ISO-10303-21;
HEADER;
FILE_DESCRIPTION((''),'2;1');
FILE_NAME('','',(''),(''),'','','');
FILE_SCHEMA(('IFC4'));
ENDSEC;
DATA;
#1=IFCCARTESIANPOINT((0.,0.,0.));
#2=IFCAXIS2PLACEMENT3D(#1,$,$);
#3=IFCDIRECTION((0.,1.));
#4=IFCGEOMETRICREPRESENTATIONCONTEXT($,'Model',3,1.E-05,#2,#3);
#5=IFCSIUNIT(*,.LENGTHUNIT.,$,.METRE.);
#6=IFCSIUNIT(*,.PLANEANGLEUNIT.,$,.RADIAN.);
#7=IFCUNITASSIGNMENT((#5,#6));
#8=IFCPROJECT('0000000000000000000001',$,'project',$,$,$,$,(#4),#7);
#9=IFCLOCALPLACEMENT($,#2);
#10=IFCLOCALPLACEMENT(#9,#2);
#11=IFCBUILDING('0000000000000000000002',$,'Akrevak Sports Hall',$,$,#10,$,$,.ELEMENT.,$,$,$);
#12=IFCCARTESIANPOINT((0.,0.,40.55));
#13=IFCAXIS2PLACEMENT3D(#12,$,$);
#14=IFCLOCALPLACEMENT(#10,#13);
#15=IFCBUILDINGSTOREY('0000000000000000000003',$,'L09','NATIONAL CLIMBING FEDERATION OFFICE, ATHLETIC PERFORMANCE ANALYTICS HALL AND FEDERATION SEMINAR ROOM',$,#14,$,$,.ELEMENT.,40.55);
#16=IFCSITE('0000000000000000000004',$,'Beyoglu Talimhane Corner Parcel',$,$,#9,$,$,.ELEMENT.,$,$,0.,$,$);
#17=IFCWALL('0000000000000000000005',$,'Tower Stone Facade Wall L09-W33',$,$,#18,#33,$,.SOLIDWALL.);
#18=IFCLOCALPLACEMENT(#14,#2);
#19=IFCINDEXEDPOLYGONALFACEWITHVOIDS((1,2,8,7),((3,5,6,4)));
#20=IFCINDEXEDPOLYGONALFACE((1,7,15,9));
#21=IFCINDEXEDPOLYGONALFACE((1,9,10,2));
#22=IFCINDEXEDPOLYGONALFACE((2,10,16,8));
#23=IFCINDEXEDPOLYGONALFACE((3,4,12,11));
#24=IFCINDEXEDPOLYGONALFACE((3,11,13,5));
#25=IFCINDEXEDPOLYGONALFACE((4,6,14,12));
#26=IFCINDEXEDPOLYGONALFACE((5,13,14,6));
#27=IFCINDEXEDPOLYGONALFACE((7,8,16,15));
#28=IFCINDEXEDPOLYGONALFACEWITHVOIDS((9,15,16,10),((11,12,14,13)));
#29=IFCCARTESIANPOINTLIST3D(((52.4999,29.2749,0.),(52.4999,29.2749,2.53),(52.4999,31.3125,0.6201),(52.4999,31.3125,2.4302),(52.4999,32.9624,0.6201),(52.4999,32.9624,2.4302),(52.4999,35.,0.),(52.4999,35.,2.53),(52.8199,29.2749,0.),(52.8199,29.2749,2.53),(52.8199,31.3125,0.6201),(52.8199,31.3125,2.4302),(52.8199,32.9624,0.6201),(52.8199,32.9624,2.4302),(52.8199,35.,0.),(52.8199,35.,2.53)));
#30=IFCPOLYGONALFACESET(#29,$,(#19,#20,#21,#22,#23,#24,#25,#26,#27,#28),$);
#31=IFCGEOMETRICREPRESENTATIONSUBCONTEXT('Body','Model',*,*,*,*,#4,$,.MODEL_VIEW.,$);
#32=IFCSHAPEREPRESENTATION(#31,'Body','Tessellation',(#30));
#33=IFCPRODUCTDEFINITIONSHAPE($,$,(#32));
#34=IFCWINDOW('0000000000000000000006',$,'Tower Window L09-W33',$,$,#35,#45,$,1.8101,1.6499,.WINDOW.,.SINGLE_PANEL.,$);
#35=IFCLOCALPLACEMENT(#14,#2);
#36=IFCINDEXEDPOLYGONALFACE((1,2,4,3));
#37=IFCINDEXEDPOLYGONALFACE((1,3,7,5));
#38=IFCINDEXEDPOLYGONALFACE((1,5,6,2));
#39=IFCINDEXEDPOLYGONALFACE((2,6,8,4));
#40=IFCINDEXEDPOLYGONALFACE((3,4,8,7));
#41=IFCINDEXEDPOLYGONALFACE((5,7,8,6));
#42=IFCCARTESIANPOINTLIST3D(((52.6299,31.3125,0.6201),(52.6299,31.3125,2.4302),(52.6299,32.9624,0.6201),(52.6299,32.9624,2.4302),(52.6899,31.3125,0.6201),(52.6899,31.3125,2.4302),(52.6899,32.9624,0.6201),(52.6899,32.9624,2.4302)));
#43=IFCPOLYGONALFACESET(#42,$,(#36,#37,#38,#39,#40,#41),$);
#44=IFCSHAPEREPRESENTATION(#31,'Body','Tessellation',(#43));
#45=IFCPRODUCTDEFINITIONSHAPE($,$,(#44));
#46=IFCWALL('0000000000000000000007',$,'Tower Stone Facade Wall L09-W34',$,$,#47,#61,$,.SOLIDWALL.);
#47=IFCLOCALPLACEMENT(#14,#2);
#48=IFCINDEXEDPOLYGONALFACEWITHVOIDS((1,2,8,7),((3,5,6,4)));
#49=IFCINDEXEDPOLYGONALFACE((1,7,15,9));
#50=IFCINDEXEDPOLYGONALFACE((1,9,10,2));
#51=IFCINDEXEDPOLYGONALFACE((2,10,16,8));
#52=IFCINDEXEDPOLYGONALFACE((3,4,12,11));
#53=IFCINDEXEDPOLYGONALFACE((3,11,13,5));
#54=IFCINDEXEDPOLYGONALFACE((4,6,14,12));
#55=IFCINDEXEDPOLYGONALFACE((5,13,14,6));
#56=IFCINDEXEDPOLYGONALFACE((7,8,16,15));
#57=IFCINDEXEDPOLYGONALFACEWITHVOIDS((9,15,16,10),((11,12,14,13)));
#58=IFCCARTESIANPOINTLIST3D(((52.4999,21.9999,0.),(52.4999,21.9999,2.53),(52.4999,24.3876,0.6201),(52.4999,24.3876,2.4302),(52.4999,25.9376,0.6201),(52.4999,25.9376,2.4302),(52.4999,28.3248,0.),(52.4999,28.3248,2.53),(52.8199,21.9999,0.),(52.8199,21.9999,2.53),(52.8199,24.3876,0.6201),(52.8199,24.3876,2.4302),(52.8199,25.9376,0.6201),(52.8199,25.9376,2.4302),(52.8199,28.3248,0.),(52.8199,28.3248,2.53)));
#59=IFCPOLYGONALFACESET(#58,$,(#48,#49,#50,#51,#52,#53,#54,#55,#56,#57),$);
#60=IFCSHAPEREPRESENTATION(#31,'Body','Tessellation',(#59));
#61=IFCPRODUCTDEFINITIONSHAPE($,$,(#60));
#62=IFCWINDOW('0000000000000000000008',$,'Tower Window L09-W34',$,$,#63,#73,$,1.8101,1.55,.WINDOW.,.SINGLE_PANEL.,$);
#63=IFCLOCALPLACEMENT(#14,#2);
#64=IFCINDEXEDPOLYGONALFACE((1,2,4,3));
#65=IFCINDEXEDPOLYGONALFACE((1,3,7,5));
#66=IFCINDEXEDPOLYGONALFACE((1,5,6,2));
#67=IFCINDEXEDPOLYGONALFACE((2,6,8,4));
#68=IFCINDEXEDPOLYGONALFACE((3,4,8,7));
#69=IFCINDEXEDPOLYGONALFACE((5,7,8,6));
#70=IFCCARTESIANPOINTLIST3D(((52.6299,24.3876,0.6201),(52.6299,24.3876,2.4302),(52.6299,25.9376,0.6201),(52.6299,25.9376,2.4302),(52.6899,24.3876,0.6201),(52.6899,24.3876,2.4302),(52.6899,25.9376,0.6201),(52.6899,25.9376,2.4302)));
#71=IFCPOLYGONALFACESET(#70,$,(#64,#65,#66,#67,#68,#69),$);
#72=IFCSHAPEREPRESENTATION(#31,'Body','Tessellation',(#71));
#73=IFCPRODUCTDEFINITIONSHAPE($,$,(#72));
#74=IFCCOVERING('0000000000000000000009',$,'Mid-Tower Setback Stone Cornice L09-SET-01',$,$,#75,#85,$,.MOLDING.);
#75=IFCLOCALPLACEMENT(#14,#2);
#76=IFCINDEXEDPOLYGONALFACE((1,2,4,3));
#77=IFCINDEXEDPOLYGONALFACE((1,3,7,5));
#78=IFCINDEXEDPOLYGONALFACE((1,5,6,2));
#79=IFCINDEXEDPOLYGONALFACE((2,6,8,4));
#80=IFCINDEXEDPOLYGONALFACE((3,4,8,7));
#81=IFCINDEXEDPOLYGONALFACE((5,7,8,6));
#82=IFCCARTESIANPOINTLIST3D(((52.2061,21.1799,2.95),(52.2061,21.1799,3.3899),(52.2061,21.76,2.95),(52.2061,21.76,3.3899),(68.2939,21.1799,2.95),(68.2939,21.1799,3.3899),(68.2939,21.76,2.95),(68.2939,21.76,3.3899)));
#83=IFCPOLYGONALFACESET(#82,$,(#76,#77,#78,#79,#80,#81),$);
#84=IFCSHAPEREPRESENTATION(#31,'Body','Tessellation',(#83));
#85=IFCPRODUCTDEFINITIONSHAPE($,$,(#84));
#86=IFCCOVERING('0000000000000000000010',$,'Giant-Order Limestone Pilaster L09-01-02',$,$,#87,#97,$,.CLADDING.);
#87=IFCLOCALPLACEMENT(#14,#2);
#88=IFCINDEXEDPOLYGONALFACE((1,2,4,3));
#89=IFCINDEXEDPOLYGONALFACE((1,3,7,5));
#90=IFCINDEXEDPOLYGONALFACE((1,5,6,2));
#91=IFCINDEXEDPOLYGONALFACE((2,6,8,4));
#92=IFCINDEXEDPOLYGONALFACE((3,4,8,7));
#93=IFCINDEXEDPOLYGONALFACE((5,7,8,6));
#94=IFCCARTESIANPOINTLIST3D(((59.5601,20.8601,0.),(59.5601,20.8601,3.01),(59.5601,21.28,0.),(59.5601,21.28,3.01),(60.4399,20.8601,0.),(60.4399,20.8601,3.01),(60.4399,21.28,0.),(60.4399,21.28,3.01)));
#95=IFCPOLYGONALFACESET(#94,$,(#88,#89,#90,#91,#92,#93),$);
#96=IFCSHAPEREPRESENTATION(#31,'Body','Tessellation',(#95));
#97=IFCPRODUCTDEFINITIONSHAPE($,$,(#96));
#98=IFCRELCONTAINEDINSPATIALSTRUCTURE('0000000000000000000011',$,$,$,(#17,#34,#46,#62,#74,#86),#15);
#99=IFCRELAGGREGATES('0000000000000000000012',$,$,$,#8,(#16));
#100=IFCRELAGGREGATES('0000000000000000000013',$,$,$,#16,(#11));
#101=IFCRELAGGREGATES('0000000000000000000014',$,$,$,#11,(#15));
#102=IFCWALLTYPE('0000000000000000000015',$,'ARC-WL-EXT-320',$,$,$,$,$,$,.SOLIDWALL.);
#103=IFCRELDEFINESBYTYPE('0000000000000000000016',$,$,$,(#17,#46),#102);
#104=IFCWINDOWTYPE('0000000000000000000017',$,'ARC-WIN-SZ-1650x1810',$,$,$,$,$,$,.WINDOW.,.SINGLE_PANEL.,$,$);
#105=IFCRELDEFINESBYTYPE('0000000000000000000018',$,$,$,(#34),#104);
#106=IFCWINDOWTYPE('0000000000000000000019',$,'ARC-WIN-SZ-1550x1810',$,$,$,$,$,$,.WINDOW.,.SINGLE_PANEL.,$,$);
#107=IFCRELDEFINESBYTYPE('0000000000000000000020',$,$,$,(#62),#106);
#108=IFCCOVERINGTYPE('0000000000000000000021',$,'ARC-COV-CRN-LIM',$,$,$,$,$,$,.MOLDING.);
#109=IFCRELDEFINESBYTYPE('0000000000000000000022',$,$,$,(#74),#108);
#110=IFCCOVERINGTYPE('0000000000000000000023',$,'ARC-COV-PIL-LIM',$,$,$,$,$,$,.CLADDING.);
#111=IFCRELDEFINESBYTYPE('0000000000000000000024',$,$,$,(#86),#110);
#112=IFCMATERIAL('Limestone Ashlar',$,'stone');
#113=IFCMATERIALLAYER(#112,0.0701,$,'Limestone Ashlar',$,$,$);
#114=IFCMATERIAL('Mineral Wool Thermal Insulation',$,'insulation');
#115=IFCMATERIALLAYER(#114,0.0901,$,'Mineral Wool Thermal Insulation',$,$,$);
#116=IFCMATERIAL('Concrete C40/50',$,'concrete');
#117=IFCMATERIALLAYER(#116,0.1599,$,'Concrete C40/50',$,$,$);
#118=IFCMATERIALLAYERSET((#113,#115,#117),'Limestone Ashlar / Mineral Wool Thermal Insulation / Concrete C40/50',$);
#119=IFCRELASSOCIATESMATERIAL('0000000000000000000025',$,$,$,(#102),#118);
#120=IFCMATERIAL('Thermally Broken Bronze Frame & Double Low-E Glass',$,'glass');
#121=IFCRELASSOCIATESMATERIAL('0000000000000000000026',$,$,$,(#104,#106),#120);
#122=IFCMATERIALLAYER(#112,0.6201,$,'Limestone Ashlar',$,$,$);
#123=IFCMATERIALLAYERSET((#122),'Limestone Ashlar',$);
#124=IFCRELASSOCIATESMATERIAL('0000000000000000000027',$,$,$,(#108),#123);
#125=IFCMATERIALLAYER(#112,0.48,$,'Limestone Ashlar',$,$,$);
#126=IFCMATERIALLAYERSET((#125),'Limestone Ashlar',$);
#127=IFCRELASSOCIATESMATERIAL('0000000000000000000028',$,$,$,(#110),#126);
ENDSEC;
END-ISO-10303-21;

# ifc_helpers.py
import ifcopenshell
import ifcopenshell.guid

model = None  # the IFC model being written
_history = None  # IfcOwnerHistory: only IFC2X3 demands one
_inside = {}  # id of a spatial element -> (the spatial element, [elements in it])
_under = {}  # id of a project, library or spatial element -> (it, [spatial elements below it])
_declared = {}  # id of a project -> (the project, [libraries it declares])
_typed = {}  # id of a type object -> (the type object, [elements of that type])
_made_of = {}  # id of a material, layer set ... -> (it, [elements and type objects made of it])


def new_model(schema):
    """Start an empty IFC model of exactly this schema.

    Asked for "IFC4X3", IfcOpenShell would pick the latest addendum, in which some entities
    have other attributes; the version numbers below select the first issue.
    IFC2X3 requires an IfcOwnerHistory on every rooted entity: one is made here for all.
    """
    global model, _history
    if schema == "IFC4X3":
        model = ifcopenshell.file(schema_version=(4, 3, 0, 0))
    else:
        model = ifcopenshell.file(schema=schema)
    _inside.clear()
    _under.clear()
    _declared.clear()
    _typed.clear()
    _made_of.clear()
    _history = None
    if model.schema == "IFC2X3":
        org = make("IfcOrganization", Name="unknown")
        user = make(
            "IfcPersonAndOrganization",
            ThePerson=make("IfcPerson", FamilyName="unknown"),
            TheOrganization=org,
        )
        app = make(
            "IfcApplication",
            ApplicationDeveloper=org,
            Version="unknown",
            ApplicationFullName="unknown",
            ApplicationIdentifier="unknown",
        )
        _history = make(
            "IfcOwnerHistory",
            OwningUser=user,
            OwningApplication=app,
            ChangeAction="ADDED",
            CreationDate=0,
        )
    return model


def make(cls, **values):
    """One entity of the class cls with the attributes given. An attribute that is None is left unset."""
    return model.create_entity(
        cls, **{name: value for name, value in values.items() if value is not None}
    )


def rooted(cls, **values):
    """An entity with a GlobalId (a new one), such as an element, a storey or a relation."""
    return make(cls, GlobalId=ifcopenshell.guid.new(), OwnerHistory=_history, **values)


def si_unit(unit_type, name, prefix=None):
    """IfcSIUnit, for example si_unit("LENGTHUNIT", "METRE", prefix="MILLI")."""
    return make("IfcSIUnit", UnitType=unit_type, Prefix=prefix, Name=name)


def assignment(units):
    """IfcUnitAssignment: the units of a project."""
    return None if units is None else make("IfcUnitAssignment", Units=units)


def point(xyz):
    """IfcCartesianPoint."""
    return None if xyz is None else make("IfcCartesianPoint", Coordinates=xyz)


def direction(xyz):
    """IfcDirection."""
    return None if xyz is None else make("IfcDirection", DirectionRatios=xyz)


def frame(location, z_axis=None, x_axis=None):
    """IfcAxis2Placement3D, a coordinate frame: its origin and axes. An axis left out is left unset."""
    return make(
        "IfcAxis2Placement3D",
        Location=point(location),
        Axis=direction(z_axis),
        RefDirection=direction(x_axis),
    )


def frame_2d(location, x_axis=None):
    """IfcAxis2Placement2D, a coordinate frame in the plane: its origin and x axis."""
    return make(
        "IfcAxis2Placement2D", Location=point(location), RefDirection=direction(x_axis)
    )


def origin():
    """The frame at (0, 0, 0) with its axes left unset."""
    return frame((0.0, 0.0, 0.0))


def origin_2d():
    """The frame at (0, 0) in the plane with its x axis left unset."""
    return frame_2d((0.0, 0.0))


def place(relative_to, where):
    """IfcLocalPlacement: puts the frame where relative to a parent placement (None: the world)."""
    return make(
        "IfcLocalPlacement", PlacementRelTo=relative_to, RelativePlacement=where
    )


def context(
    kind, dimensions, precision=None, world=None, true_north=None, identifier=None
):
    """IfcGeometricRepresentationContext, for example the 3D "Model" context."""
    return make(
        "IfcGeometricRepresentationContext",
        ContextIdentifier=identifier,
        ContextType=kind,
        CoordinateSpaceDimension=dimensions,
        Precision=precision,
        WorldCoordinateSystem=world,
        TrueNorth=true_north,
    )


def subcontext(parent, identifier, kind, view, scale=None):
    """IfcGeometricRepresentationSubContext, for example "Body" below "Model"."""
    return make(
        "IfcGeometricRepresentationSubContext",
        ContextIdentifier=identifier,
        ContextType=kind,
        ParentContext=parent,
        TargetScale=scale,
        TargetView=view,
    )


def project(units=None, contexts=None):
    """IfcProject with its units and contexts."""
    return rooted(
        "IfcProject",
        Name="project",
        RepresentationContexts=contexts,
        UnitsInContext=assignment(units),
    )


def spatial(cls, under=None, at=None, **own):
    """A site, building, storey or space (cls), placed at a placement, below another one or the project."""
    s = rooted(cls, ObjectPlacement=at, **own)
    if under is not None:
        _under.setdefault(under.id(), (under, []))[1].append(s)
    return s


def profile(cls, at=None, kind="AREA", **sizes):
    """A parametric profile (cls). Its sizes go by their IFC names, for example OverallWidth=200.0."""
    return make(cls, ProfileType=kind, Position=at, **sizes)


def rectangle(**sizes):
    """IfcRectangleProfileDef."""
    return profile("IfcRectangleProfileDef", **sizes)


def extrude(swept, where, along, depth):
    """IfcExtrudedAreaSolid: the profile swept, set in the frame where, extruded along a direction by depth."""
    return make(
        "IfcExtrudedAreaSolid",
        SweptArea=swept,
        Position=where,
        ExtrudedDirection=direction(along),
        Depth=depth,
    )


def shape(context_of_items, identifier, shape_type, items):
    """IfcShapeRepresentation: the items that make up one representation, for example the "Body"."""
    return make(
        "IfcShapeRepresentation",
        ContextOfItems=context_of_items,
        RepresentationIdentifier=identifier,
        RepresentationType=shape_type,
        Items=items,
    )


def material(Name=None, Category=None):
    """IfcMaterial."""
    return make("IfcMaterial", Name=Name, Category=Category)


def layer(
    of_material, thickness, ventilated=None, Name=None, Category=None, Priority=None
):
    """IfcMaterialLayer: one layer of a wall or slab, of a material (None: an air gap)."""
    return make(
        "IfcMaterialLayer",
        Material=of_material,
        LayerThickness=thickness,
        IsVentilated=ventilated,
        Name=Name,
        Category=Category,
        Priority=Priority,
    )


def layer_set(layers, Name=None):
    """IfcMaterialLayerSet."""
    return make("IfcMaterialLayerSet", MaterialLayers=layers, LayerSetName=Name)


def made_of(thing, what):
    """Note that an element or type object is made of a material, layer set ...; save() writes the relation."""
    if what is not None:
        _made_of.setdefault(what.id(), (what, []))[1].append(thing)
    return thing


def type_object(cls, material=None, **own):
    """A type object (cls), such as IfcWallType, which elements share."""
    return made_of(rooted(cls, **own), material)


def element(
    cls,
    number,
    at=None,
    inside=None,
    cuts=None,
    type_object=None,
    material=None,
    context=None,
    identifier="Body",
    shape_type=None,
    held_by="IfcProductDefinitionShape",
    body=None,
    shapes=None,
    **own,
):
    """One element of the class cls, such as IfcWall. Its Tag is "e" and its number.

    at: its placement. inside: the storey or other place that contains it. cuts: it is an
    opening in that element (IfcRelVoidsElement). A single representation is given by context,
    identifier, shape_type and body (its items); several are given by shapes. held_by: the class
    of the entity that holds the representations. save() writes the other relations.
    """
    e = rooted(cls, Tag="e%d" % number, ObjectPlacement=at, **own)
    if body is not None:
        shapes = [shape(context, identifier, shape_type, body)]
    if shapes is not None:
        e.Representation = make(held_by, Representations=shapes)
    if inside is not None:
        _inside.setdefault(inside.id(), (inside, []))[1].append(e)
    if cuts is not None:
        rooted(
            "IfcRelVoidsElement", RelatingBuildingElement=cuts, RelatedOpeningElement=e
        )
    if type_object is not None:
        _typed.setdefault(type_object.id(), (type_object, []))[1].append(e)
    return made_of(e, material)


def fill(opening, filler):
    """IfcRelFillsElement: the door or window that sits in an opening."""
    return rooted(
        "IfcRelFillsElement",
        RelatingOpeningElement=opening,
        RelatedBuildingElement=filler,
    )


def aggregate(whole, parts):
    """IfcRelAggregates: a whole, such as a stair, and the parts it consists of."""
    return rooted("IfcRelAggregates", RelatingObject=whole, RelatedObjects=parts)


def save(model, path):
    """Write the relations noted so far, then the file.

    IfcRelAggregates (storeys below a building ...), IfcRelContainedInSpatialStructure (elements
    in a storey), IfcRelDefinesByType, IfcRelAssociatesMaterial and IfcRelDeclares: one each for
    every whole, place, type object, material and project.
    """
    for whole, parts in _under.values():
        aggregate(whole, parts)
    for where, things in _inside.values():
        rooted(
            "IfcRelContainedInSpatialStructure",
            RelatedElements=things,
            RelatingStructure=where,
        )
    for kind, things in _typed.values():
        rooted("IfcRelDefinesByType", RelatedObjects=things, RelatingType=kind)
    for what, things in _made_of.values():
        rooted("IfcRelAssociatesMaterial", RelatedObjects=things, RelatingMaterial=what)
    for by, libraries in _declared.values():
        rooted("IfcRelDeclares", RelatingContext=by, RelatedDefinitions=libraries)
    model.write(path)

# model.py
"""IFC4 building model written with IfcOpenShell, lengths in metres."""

from ifc_helpers import new_model, si_unit, direction, frame, frame_2d, origin, origin_2d, place, context, subcontext, project, spatial, rectangle, extrude, material, layer, layer_set, type_object, element, fill, save


model = new_model("IFC4")

# Units and contexts
model_context = context("Model", 3, precision=1e-05, world=origin(), true_north=direction((0.0, 1.0)))
body_context = subcontext(model_context, "Body", "Model", "MODEL_VIEW")
ifc_project = project(units=[si_unit("LENGTHUNIT", "METRE"), si_unit("PLANEANGLEUNIT", "RADIAN")], contexts=[model_context])

# Site, building, storey
site_placement = place(None, origin())
site = spatial("IfcSite", under=ifc_project, at=site_placement, Name="Beyoglu Talimhane Corner Parcel", CompositionType="ELEMENT", RefElevation=0.0)
building_placement = place(site_placement, origin())
building = spatial("IfcBuilding", under=site, at=building_placement, Name="Akrevak Sports Hall", CompositionType="ELEMENT")
storey_placement = place(building_placement, frame((0.0, 0.0, 40.55)))
storey = spatial("IfcBuildingStorey", under=building, at=storey_placement, Name="L09", Description="NATIONAL CLIMBING FEDERATION OFFICE, ATHLETIC PERFORMANCE ANALYTICS HALL AND FEDERATION SEMINAR ROOM", CompositionType="ELEMENT", Elevation=40.55)

# Shared definitions
ifc_material_1 = material(Name="Concrete C40/50", Category="concrete")

# Shared definitions
ifc_material_2 = material(Name="Limestone Ashlar", Category="stone")
ifc_layer_1 = layer(ifc_material_2, 0.0701, Name="Limestone Ashlar")
ifc_material_3 = material(Name="Mineral Wool Thermal Insulation", Category="insulation")
ifc_layer_2 = layer(ifc_material_3, 0.0901, Name="Mineral Wool Thermal Insulation")
ifc_layer_3 = layer(ifc_material_1, 0.1599, Name="Concrete C40/50")
ifc_layer_set_1 = layer_set([ifc_layer_1, ifc_layer_2, ifc_layer_3], Name="Limestone Ashlar / Mineral Wool Thermal Insulation / Concrete C40/50")
wall_type = type_object("IfcWallType", Name="ARC-WL-EXT-320", PredefinedType="SOLIDWALL", material=ifc_layer_set_1)
ifc_material_4 = material(Name="Thermally Broken Bronze Frame & Double Low-E Glass", Category="glass")

# Walls, openings, windows
wall_1_placement = place(storey_placement, frame((52.6599, 35.0, 0.0), z_axis=(0.0, 0.0, 1.0), x_axis=(0.0, -1.0, 0.0)))
wall_1 = element("IfcWall", 1, at=wall_1_placement, inside=storey, type_object=wall_type, Name="Tower Stone Facade Wall L09-W33", PredefinedType="SOLIDWALL", context=body_context, shape_type="SweptSolid", body=[
    extrude(rectangle(XDim=5.7251, YDim=0.3201, at=frame_2d((2.8625, 0.0))), origin(), (0.0, 0.0, 1.0), 2.53),
])
opening_1_placement = place(wall_1_placement, frame((2.0376, 0.0, 0.6201)))
opening_1 = element("IfcOpeningElement", 2, at=opening_1_placement, cuts=wall_1, PredefinedType="OPENING", context=body_context, shape_type="SweptSolid", body=[
    extrude(rectangle(XDim=1.6499, YDim=1.8101, at=frame_2d((0.825, 0.905))), frame((0.0, 0.1719, 0.0), z_axis=(0.0, -1.0, 0.0), x_axis=(1.0, 0.0, 0.0)), (0.0, 0.0, 1.0), 0.344),
])
window_type_1 = type_object("IfcWindowType", Name="ARC-WIN-SZ-1650x1810", PartitioningType="SINGLE_PANEL", PredefinedType="WINDOW", material=ifc_material_4)
window_1_placement = place(opening_1_placement, origin())
window_1 = element("IfcWindow", 3, at=window_1_placement, inside=storey, type_object=window_type_1, Name="Tower Window L09-W33", OverallHeight=1.8101, OverallWidth=1.6499, PartitioningType="SINGLE_PANEL", PredefinedType="WINDOW", context=body_context, shape_type="SweptSolid", body=[
    extrude(rectangle(XDim=1.6499, YDim=1.8101, at=frame_2d((0.825, 0.905))), frame((0.0, 0.03, 0.0), z_axis=(0.0, -1.0, 0.0), x_axis=(1.0, 0.0, 0.0)), (0.0, 0.0, 1.0), 0.0601),
])
fill(opening_1, window_1)
wall_2_placement = place(storey_placement, frame((52.6599, 28.325, 0.0), z_axis=(0.0, 0.0, 1.0), x_axis=(0.0, -1.0, 0.0)))
wall_2 = element("IfcWall", 4, at=wall_2_placement, inside=storey, type_object=wall_type, Name="Tower Stone Facade Wall L09-W34", PredefinedType="SOLIDWALL", context=body_context, shape_type="SweptSolid", body=[
    extrude(rectangle(XDim=6.325, YDim=0.3201, at=frame_2d((3.1626, 0.0))), origin(), (0.0, 0.0, 1.0), 2.53),
])
opening_2_placement = place(wall_2_placement, frame((2.3875, 0.0, 0.6201)))
opening_2 = element("IfcOpeningElement", 5, at=opening_2_placement, cuts=wall_2, PredefinedType="OPENING", context=body_context, shape_type="SweptSolid", body=[
    extrude(rectangle(XDim=1.55, YDim=1.8101, at=frame_2d((0.7749, 0.905))), frame((0.0, 0.1719, 0.0), z_axis=(0.0, -1.0, 0.0), x_axis=(1.0, 0.0, 0.0)), (0.0, 0.0, 1.0), 0.344),
])
window_type_2 = type_object("IfcWindowType", Name="ARC-WIN-SZ-1550x1810", PartitioningType="SINGLE_PANEL", PredefinedType="WINDOW", material=ifc_material_4)
window_2_placement = place(opening_2_placement, origin())
window_2 = element("IfcWindow", 6, at=window_2_placement, inside=storey, type_object=window_type_2, Name="Tower Window L09-W34", OverallHeight=1.8101, OverallWidth=1.55, PartitioningType="SINGLE_PANEL", PredefinedType="WINDOW", context=body_context, shape_type="SweptSolid", body=[
    extrude(rectangle(XDim=1.55, YDim=1.8101, at=frame_2d((0.7749, 0.905))), frame((0.0, 0.03, 0.0), z_axis=(0.0, -1.0, 0.0), x_axis=(1.0, 0.0, 0.0)), (0.0, 0.0, 1.0), 0.0601),
])
fill(opening_2, window_2)

# Coverings
ifc_layer_4 = layer(ifc_material_2, 0.6201, Name="Limestone Ashlar")
ifc_layer_set_2 = layer_set([ifc_layer_4], Name="Limestone Ashlar")
covering_type_1 = type_object("IfcCoveringType", Name="ARC-COV-CRN-LIM", PredefinedType="MOLDING", material=ifc_layer_set_2)
covering_1_placement = place(storey_placement, frame((60.25, 21.47, 2.95), z_axis=(0.0, 0.0, 1.0), x_axis=(1.0, 0.0, 0.0)))
element("IfcCovering", 7, at=covering_1_placement, inside=storey, type_object=covering_type_1, Name="Mid-Tower Setback Stone Cornice L09-SET-01", PredefinedType="MOLDING", context=body_context, shape_type="SweptSolid", body=[
    extrude(rectangle(XDim=16.0879, YDim=0.5801, at=origin_2d()), origin(), (0.0, 0.0, 1.0), 0.4399),
])
ifc_layer_5 = layer(ifc_material_2, 0.48, Name="Limestone Ashlar")
ifc_layer_set_3 = layer_set([ifc_layer_5], Name="Limestone Ashlar")
covering_type_2 = type_object("IfcCoveringType", Name="ARC-COV-PIL-LIM", PredefinedType="CLADDING", material=ifc_layer_set_3)
covering_2_placement = place(storey_placement, frame((60.0, 21.0701, 0.0), z_axis=(0.0, 0.0, 1.0), x_axis=(1.0, 0.0, 0.0)))
element("IfcCovering", 8, at=covering_2_placement, inside=storey, type_object=covering_type_2, Name="Giant-Order Limestone Pilaster L09-01-02", PredefinedType="CLADDING", context=body_context, shape_type="SweptSolid", body=[
    extrude(rectangle(XDim=0.8799, YDim=0.4199, at=origin_2d()), origin(), (0.0, 0.0, 1.0), 3.01),
])

save(model, "model.ifc")
